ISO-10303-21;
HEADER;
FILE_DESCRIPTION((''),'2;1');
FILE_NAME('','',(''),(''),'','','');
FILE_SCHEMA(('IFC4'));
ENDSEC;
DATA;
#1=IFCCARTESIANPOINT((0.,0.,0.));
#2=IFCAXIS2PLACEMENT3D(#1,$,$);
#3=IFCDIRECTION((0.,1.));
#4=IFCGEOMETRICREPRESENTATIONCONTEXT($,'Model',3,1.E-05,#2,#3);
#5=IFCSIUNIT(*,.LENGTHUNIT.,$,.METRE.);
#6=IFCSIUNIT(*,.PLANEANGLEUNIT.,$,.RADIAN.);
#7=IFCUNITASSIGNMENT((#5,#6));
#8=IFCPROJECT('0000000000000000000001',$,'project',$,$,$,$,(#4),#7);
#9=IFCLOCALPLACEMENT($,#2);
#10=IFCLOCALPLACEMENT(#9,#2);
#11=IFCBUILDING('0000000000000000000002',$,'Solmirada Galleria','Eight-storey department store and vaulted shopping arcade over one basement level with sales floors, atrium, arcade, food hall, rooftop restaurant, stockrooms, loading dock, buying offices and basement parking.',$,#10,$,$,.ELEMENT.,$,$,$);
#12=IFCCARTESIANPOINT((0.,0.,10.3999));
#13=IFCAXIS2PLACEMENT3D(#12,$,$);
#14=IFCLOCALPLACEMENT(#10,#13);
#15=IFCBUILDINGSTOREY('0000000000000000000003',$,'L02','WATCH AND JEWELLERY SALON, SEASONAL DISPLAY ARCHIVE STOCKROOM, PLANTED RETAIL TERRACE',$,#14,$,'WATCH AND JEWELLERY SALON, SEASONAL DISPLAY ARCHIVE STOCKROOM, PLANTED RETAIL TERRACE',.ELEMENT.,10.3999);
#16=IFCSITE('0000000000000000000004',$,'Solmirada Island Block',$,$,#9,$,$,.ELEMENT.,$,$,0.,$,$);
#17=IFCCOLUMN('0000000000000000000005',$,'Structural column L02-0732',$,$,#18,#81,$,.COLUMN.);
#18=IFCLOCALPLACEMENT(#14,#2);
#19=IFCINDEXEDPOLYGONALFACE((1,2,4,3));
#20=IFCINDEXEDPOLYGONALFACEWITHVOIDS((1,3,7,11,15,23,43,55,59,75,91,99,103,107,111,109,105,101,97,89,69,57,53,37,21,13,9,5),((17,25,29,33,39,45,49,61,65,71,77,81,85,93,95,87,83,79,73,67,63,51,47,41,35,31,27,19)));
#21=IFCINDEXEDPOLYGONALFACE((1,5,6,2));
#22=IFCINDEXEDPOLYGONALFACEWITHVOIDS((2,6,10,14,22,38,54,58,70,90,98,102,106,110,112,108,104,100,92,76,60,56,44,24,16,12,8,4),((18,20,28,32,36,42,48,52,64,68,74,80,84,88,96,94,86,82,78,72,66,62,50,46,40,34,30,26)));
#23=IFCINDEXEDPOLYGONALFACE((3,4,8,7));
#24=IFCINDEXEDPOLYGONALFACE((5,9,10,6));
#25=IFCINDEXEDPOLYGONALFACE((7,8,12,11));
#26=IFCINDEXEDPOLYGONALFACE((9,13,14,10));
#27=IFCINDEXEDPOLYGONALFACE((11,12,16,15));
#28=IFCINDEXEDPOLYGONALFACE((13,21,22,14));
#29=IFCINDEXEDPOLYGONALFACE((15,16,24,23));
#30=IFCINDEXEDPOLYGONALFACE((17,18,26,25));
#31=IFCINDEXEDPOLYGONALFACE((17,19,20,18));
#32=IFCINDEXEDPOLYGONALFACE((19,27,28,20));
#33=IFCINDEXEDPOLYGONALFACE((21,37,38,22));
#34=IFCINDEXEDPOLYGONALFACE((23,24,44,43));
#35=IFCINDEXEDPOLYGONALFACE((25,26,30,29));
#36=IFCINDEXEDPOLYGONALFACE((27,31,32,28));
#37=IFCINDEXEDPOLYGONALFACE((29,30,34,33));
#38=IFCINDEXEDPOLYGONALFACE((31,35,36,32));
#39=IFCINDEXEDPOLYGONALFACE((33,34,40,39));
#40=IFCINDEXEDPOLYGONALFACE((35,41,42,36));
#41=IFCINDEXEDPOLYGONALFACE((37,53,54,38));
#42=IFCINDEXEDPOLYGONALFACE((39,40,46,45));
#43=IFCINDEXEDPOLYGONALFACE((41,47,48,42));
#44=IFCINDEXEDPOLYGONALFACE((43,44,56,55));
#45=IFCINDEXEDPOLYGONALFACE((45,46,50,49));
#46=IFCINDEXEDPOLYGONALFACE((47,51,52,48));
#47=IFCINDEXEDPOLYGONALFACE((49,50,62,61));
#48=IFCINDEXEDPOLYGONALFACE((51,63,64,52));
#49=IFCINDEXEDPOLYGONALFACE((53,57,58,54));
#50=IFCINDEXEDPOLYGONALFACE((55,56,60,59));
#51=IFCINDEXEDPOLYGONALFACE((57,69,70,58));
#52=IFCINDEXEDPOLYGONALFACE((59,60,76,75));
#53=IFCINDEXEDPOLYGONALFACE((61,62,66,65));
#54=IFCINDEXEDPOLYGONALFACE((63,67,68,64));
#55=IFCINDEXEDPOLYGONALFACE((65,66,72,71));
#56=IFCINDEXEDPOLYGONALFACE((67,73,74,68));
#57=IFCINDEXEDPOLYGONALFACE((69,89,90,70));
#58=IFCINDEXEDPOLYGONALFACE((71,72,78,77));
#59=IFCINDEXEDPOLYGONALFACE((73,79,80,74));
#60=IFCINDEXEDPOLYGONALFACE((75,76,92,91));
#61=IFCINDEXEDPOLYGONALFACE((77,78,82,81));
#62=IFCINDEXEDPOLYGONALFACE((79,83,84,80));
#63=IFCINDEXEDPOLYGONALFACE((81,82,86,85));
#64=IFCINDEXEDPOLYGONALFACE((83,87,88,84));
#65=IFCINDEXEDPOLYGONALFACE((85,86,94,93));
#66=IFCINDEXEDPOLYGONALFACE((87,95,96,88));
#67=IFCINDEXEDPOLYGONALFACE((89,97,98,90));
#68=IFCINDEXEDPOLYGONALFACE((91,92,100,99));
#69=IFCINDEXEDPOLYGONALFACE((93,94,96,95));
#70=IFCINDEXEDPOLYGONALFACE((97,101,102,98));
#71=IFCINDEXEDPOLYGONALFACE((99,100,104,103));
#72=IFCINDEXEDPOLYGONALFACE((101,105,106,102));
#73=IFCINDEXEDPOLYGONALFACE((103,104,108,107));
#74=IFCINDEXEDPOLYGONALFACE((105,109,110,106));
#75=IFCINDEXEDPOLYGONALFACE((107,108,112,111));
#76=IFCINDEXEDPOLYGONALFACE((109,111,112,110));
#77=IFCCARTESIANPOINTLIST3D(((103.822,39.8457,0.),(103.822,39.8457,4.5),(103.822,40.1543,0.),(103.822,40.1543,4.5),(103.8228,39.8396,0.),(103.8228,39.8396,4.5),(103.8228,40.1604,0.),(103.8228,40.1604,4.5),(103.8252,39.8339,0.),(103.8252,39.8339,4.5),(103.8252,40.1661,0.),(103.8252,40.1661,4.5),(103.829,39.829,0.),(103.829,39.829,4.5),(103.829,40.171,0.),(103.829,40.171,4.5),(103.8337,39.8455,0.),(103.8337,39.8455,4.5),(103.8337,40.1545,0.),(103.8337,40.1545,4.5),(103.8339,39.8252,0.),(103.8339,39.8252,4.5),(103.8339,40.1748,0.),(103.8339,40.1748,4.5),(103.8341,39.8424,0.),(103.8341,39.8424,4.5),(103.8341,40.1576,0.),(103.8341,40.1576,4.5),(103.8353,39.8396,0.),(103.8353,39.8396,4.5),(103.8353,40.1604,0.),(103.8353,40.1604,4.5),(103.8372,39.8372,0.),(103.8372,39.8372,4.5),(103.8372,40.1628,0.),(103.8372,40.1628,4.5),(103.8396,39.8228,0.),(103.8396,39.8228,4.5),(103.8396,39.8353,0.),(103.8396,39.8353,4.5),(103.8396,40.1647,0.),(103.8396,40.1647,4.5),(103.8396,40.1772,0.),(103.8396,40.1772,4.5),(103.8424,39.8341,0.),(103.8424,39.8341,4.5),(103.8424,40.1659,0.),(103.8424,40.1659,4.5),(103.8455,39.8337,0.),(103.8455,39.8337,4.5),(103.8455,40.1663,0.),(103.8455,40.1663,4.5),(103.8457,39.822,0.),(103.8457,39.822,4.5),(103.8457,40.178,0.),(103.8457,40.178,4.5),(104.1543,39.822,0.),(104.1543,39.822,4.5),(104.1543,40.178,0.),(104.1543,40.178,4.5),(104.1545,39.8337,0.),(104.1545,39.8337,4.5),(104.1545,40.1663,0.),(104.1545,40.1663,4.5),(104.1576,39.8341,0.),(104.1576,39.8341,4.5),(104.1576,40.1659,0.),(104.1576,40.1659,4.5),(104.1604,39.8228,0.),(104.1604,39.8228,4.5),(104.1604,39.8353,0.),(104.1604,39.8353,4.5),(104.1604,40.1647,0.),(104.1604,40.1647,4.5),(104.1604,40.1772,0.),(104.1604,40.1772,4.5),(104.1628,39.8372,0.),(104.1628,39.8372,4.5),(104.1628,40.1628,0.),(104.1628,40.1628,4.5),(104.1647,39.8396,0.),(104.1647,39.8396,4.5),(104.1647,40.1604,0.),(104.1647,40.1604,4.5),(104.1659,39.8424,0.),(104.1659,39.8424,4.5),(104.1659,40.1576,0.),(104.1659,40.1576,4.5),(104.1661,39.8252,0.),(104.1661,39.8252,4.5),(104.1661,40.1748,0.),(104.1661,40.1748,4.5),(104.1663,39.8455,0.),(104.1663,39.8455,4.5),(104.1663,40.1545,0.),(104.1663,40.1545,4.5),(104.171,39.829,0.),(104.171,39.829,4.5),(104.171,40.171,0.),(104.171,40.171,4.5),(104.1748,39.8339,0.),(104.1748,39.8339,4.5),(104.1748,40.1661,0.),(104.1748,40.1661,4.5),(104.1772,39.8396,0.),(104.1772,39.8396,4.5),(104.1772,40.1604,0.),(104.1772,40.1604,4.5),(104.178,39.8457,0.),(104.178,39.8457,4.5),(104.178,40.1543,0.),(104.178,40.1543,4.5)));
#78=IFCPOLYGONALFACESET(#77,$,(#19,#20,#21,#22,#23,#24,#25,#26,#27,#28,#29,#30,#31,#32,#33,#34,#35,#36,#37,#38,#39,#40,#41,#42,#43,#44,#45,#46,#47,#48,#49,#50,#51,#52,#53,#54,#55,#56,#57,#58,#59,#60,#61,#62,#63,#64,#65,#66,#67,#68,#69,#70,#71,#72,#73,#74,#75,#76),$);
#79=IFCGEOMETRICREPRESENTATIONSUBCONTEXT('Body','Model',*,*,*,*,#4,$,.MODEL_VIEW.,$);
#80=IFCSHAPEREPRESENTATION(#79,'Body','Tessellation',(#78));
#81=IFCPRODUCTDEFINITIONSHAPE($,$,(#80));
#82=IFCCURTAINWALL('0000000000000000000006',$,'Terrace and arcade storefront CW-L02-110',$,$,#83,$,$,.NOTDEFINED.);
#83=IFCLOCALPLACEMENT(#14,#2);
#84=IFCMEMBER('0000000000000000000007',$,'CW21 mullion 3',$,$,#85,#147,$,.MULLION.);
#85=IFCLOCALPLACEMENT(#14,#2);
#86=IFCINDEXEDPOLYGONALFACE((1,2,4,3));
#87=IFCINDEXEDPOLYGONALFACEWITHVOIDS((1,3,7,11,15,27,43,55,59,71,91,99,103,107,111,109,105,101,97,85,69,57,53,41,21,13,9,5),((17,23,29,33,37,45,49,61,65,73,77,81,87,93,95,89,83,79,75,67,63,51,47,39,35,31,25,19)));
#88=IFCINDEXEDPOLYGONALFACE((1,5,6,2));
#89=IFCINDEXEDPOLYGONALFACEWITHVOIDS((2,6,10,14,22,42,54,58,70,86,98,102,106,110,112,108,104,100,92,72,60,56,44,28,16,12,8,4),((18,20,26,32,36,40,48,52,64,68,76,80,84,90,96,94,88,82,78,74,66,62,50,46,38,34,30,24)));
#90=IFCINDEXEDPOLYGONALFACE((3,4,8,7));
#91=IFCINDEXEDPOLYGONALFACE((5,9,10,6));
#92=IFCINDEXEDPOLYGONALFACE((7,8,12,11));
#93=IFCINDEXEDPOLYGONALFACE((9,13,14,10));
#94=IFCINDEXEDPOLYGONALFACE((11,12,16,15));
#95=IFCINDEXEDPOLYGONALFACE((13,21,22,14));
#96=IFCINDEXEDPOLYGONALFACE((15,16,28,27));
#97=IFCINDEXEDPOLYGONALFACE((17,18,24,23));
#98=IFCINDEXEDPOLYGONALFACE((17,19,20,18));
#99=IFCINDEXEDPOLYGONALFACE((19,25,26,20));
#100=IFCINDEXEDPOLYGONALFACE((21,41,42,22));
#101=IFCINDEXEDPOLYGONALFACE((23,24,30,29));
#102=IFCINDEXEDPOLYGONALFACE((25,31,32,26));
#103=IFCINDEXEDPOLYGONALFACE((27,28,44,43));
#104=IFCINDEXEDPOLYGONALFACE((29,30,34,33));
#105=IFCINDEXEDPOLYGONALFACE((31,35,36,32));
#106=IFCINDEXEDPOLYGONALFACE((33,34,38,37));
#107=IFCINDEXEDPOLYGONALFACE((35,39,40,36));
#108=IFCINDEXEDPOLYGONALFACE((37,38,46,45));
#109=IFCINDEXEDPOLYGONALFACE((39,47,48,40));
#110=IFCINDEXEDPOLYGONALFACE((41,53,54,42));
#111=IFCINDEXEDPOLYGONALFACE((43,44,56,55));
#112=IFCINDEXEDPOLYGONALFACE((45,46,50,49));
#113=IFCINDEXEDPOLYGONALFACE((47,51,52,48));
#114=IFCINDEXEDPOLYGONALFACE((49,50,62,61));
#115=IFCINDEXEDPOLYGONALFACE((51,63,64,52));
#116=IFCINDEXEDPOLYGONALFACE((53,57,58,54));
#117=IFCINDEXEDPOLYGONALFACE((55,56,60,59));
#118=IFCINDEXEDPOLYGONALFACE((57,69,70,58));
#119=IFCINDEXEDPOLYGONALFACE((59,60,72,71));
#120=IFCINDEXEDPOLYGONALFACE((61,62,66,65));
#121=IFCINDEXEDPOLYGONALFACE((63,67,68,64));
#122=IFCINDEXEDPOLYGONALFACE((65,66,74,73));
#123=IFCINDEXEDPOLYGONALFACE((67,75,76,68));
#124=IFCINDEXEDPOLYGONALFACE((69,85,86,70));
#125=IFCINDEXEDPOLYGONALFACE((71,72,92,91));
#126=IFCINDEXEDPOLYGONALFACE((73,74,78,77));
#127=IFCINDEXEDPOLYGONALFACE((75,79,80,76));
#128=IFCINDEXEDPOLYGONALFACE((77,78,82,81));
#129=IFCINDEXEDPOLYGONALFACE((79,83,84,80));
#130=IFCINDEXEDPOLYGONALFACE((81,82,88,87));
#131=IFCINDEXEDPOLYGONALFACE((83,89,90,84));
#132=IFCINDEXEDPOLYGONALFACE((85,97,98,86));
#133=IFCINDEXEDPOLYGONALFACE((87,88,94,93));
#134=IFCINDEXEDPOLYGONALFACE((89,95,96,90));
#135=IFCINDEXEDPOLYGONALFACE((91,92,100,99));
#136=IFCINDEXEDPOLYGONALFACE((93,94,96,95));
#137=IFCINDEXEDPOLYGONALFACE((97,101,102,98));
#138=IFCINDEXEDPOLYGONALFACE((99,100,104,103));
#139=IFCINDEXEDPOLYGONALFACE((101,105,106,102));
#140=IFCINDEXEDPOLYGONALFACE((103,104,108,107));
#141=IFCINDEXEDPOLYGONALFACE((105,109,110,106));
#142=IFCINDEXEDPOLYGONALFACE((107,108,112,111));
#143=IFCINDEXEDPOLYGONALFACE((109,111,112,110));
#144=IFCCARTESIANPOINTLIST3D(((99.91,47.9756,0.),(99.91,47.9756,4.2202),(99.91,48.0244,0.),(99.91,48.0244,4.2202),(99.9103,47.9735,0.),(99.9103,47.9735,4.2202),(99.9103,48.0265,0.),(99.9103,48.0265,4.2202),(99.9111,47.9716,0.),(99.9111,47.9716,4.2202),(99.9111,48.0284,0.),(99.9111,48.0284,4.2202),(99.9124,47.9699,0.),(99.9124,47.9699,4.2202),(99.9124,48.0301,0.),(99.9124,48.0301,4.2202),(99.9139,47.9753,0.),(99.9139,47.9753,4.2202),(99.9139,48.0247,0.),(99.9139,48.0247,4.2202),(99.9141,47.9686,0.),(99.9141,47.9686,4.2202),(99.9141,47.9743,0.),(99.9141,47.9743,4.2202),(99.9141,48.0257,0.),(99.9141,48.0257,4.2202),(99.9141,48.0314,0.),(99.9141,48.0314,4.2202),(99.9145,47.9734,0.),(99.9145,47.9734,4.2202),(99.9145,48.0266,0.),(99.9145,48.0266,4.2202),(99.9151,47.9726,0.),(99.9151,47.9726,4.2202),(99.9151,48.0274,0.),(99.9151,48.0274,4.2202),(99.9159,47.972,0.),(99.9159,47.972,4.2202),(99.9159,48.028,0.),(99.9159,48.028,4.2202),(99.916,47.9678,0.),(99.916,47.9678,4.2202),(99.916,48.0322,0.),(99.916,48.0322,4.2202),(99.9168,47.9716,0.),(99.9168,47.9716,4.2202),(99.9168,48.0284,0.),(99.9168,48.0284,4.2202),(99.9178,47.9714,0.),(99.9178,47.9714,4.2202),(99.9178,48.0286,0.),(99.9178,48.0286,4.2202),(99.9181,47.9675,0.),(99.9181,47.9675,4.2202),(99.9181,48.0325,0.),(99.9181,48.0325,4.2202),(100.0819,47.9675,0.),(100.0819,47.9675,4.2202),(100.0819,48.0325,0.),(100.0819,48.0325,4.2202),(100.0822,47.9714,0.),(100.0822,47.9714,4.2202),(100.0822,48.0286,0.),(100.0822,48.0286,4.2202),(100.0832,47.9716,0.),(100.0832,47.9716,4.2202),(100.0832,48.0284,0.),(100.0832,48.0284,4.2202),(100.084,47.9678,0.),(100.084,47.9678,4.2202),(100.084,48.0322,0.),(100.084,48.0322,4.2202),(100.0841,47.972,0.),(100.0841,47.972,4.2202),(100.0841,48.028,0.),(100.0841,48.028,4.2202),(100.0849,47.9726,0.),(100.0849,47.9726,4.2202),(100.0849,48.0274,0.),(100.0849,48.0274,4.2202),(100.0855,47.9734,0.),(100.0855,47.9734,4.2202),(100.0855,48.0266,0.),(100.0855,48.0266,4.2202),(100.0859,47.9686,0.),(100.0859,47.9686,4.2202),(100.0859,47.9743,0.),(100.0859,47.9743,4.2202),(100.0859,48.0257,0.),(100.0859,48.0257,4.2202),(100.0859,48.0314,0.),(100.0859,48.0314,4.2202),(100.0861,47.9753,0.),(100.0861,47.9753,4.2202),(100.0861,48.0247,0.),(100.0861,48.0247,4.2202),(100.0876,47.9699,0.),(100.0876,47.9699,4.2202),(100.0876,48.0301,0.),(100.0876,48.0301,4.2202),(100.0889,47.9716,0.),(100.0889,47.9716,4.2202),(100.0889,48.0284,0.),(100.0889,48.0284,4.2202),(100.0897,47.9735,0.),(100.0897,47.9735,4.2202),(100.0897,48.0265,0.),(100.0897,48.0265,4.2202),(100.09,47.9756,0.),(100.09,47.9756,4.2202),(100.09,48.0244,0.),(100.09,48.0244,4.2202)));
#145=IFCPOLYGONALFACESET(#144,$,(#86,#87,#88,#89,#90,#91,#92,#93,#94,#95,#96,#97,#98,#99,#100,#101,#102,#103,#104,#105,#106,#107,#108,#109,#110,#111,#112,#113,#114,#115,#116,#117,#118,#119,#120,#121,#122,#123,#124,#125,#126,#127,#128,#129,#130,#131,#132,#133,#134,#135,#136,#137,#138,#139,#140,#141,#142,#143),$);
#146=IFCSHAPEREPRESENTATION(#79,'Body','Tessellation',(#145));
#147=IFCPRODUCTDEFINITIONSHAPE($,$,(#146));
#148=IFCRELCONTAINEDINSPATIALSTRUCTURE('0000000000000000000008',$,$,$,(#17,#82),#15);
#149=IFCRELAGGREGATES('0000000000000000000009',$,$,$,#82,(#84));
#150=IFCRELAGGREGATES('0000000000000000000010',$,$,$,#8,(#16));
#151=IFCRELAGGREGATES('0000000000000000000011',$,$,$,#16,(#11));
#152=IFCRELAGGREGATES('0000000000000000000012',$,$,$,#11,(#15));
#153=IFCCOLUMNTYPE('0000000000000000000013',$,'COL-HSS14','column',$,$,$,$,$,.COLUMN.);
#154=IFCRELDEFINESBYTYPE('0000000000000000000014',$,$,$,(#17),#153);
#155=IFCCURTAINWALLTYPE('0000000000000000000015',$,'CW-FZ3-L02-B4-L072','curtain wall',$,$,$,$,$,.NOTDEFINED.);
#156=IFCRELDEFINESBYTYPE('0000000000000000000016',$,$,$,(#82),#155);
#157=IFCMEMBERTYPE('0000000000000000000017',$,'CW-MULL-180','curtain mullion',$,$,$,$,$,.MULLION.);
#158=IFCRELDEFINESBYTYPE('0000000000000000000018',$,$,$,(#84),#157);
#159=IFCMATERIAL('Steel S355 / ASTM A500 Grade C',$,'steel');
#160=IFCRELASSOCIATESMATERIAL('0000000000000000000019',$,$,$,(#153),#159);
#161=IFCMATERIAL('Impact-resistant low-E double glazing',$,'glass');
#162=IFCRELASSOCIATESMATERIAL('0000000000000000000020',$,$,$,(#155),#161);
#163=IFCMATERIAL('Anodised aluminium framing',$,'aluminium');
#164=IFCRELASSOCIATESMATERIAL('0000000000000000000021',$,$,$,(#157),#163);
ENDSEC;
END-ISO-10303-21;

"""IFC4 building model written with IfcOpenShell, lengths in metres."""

from ifc_helpers import new_model, si_unit, direction, frame, origin, origin_2d, place, context, subcontext, project, spatial, hollow_rectangle, extrude, material, material_profile, profile_set, type_object, element, aggregate, save


model = new_model("IFC4")

# Units and contexts
model_context = context("Model", 3, precision=1e-05, world=origin(), true_north=direction((0.0, 1.0)))
body_context = subcontext(model_context, "Body", "Model", "MODEL_VIEW")
ifc_project = project(units=[si_unit("LENGTHUNIT", "METRE"), si_unit("PLANEANGLEUNIT", "RADIAN")], contexts=[model_context])

# Site, building, storey
site_placement = place(None, origin())
site = spatial("IfcSite", under=ifc_project, at=site_placement, Name="Solmirada Island Block", CompositionType="ELEMENT", RefElevation=0.0)
building_placement = place(site_placement, origin())
building = spatial("IfcBuilding", under=site, at=building_placement, Name="Solmirada Galleria", Description="Eight-storey department store and vaulted shopping arcade over one basement level with sales floors, atrium, arcade, food hall, rooftop restaurant, stockrooms, loading dock, buying offices and basement parking.", CompositionType="ELEMENT")
storey_placement = place(building_placement, frame((0.0, 0.0, 10.3999)))
storey = spatial("IfcBuildingStorey", under=building, at=storey_placement, Name="L02", Description="WATCH AND JEWELLERY SALON, SEASONAL DISPLAY ARCHIVE STOCKROOM, PLANTED RETAIL TERRACE", LongName="WATCH AND JEWELLERY SALON, SEASONAL DISPLAY ARCHIVE STOCKROOM, PLANTED RETAIL TERRACE", CompositionType="ELEMENT", Elevation=10.3999)

# Column
ifc_material_1 = material(Name="Steel S355 / ASTM A500 Grade C", Category="steel")
ifc_material_profile_1 = material_profile(ifc_material_1, hollow_rectangle(XDim=0.356, YDim=0.356, WallThickness=0.0117, InnerFilletRadius=0.0117, OuterFilletRadius=0.0237, at=origin_2d()), Name="HSS14X14X1/2")
ifc_profile_set_1 = profile_set([ifc_material_profile_1], Name="Steel S355 / ASTM A500 Grade C")
column_type = type_object("IfcColumnType", Name="COL-HSS14", Description="column", PredefinedType="COLUMN", material=ifc_profile_set_1)
column_placement = place(storey_placement, frame((104.0, 40.0, 0.0), z_axis=(0.0, 0.0, 1.0), x_axis=(1.0, 0.0, 0.0)))
element("IfcColumn", 1, at=column_placement, inside=storey, type_object=column_type, Name="Structural column L02-0732", PredefinedType="COLUMN", context=body_context, shape_type="SweptSolid", body=[
    extrude(hollow_rectangle(XDim=0.356, YDim=0.356, WallThickness=0.0117, InnerFilletRadius=0.0117, OuterFilletRadius=0.0237, at=origin_2d()), origin(), (0.0, 0.0, 1.0), 4.5),
])

# Curtain wall, member
ifc_material_2 = material(Name="Impact-resistant low-E double glazing", Category="glass")
curtain_wall_type = type_object("IfcCurtainWallType", Name="CW-FZ3-L02-B4-L072", Description="curtain wall", PredefinedType="NOTDEFINED", material=ifc_material_2)
curtain_wall_placement = place(storey_placement, origin())
curtain_wall = element("IfcCurtainWall", 2, at=curtain_wall_placement, inside=storey, type_object=curtain_wall_type, Name="Terrace and arcade storefront CW-L02-110", PredefinedType="NOTDEFINED")
ifc_material_3 = material(Name="Anodised aluminium framing", Category="aluminium")
ifc_material_profile_2 = material_profile(ifc_material_3, hollow_rectangle(XDim=0.0649, YDim=0.1799, WallThickness=0.0039, InnerFilletRadius=0.0039, OuterFilletRadius=0.0081, at=origin_2d()), Name="ALU-MULL-180X65")
ifc_profile_set_2 = profile_set([ifc_material_profile_2], Name="Anodised aluminium framing")
member_type_1 = type_object("IfcMemberType", Name="CW-MULL-180", Description="curtain mullion", PredefinedType="MULLION", material=ifc_profile_set_2)
member_1_placement = place(storey_placement, frame((100.0, 48.0, 0.0), z_axis=(0.0, 0.0, 1.0), x_axis=(0.0, -1.0, 0.0)))
member_1 = element("IfcMember", 3, at=member_1_placement, type_object=member_type_1, Name="CW21 mullion 3", PredefinedType="MULLION", context=body_context, shape_type="SweptSolid", body=[
    extrude(hollow_rectangle(XDim=0.0649, YDim=0.1799, WallThickness=0.0039, InnerFilletRadius=0.0039, OuterFilletRadius=0.0081, at=origin_2d()), origin(), (0.0, 0.0, 1.0), 4.2202),
])
aggregate(curtain_wall, [member_1])

save(model, "model.ifc")
